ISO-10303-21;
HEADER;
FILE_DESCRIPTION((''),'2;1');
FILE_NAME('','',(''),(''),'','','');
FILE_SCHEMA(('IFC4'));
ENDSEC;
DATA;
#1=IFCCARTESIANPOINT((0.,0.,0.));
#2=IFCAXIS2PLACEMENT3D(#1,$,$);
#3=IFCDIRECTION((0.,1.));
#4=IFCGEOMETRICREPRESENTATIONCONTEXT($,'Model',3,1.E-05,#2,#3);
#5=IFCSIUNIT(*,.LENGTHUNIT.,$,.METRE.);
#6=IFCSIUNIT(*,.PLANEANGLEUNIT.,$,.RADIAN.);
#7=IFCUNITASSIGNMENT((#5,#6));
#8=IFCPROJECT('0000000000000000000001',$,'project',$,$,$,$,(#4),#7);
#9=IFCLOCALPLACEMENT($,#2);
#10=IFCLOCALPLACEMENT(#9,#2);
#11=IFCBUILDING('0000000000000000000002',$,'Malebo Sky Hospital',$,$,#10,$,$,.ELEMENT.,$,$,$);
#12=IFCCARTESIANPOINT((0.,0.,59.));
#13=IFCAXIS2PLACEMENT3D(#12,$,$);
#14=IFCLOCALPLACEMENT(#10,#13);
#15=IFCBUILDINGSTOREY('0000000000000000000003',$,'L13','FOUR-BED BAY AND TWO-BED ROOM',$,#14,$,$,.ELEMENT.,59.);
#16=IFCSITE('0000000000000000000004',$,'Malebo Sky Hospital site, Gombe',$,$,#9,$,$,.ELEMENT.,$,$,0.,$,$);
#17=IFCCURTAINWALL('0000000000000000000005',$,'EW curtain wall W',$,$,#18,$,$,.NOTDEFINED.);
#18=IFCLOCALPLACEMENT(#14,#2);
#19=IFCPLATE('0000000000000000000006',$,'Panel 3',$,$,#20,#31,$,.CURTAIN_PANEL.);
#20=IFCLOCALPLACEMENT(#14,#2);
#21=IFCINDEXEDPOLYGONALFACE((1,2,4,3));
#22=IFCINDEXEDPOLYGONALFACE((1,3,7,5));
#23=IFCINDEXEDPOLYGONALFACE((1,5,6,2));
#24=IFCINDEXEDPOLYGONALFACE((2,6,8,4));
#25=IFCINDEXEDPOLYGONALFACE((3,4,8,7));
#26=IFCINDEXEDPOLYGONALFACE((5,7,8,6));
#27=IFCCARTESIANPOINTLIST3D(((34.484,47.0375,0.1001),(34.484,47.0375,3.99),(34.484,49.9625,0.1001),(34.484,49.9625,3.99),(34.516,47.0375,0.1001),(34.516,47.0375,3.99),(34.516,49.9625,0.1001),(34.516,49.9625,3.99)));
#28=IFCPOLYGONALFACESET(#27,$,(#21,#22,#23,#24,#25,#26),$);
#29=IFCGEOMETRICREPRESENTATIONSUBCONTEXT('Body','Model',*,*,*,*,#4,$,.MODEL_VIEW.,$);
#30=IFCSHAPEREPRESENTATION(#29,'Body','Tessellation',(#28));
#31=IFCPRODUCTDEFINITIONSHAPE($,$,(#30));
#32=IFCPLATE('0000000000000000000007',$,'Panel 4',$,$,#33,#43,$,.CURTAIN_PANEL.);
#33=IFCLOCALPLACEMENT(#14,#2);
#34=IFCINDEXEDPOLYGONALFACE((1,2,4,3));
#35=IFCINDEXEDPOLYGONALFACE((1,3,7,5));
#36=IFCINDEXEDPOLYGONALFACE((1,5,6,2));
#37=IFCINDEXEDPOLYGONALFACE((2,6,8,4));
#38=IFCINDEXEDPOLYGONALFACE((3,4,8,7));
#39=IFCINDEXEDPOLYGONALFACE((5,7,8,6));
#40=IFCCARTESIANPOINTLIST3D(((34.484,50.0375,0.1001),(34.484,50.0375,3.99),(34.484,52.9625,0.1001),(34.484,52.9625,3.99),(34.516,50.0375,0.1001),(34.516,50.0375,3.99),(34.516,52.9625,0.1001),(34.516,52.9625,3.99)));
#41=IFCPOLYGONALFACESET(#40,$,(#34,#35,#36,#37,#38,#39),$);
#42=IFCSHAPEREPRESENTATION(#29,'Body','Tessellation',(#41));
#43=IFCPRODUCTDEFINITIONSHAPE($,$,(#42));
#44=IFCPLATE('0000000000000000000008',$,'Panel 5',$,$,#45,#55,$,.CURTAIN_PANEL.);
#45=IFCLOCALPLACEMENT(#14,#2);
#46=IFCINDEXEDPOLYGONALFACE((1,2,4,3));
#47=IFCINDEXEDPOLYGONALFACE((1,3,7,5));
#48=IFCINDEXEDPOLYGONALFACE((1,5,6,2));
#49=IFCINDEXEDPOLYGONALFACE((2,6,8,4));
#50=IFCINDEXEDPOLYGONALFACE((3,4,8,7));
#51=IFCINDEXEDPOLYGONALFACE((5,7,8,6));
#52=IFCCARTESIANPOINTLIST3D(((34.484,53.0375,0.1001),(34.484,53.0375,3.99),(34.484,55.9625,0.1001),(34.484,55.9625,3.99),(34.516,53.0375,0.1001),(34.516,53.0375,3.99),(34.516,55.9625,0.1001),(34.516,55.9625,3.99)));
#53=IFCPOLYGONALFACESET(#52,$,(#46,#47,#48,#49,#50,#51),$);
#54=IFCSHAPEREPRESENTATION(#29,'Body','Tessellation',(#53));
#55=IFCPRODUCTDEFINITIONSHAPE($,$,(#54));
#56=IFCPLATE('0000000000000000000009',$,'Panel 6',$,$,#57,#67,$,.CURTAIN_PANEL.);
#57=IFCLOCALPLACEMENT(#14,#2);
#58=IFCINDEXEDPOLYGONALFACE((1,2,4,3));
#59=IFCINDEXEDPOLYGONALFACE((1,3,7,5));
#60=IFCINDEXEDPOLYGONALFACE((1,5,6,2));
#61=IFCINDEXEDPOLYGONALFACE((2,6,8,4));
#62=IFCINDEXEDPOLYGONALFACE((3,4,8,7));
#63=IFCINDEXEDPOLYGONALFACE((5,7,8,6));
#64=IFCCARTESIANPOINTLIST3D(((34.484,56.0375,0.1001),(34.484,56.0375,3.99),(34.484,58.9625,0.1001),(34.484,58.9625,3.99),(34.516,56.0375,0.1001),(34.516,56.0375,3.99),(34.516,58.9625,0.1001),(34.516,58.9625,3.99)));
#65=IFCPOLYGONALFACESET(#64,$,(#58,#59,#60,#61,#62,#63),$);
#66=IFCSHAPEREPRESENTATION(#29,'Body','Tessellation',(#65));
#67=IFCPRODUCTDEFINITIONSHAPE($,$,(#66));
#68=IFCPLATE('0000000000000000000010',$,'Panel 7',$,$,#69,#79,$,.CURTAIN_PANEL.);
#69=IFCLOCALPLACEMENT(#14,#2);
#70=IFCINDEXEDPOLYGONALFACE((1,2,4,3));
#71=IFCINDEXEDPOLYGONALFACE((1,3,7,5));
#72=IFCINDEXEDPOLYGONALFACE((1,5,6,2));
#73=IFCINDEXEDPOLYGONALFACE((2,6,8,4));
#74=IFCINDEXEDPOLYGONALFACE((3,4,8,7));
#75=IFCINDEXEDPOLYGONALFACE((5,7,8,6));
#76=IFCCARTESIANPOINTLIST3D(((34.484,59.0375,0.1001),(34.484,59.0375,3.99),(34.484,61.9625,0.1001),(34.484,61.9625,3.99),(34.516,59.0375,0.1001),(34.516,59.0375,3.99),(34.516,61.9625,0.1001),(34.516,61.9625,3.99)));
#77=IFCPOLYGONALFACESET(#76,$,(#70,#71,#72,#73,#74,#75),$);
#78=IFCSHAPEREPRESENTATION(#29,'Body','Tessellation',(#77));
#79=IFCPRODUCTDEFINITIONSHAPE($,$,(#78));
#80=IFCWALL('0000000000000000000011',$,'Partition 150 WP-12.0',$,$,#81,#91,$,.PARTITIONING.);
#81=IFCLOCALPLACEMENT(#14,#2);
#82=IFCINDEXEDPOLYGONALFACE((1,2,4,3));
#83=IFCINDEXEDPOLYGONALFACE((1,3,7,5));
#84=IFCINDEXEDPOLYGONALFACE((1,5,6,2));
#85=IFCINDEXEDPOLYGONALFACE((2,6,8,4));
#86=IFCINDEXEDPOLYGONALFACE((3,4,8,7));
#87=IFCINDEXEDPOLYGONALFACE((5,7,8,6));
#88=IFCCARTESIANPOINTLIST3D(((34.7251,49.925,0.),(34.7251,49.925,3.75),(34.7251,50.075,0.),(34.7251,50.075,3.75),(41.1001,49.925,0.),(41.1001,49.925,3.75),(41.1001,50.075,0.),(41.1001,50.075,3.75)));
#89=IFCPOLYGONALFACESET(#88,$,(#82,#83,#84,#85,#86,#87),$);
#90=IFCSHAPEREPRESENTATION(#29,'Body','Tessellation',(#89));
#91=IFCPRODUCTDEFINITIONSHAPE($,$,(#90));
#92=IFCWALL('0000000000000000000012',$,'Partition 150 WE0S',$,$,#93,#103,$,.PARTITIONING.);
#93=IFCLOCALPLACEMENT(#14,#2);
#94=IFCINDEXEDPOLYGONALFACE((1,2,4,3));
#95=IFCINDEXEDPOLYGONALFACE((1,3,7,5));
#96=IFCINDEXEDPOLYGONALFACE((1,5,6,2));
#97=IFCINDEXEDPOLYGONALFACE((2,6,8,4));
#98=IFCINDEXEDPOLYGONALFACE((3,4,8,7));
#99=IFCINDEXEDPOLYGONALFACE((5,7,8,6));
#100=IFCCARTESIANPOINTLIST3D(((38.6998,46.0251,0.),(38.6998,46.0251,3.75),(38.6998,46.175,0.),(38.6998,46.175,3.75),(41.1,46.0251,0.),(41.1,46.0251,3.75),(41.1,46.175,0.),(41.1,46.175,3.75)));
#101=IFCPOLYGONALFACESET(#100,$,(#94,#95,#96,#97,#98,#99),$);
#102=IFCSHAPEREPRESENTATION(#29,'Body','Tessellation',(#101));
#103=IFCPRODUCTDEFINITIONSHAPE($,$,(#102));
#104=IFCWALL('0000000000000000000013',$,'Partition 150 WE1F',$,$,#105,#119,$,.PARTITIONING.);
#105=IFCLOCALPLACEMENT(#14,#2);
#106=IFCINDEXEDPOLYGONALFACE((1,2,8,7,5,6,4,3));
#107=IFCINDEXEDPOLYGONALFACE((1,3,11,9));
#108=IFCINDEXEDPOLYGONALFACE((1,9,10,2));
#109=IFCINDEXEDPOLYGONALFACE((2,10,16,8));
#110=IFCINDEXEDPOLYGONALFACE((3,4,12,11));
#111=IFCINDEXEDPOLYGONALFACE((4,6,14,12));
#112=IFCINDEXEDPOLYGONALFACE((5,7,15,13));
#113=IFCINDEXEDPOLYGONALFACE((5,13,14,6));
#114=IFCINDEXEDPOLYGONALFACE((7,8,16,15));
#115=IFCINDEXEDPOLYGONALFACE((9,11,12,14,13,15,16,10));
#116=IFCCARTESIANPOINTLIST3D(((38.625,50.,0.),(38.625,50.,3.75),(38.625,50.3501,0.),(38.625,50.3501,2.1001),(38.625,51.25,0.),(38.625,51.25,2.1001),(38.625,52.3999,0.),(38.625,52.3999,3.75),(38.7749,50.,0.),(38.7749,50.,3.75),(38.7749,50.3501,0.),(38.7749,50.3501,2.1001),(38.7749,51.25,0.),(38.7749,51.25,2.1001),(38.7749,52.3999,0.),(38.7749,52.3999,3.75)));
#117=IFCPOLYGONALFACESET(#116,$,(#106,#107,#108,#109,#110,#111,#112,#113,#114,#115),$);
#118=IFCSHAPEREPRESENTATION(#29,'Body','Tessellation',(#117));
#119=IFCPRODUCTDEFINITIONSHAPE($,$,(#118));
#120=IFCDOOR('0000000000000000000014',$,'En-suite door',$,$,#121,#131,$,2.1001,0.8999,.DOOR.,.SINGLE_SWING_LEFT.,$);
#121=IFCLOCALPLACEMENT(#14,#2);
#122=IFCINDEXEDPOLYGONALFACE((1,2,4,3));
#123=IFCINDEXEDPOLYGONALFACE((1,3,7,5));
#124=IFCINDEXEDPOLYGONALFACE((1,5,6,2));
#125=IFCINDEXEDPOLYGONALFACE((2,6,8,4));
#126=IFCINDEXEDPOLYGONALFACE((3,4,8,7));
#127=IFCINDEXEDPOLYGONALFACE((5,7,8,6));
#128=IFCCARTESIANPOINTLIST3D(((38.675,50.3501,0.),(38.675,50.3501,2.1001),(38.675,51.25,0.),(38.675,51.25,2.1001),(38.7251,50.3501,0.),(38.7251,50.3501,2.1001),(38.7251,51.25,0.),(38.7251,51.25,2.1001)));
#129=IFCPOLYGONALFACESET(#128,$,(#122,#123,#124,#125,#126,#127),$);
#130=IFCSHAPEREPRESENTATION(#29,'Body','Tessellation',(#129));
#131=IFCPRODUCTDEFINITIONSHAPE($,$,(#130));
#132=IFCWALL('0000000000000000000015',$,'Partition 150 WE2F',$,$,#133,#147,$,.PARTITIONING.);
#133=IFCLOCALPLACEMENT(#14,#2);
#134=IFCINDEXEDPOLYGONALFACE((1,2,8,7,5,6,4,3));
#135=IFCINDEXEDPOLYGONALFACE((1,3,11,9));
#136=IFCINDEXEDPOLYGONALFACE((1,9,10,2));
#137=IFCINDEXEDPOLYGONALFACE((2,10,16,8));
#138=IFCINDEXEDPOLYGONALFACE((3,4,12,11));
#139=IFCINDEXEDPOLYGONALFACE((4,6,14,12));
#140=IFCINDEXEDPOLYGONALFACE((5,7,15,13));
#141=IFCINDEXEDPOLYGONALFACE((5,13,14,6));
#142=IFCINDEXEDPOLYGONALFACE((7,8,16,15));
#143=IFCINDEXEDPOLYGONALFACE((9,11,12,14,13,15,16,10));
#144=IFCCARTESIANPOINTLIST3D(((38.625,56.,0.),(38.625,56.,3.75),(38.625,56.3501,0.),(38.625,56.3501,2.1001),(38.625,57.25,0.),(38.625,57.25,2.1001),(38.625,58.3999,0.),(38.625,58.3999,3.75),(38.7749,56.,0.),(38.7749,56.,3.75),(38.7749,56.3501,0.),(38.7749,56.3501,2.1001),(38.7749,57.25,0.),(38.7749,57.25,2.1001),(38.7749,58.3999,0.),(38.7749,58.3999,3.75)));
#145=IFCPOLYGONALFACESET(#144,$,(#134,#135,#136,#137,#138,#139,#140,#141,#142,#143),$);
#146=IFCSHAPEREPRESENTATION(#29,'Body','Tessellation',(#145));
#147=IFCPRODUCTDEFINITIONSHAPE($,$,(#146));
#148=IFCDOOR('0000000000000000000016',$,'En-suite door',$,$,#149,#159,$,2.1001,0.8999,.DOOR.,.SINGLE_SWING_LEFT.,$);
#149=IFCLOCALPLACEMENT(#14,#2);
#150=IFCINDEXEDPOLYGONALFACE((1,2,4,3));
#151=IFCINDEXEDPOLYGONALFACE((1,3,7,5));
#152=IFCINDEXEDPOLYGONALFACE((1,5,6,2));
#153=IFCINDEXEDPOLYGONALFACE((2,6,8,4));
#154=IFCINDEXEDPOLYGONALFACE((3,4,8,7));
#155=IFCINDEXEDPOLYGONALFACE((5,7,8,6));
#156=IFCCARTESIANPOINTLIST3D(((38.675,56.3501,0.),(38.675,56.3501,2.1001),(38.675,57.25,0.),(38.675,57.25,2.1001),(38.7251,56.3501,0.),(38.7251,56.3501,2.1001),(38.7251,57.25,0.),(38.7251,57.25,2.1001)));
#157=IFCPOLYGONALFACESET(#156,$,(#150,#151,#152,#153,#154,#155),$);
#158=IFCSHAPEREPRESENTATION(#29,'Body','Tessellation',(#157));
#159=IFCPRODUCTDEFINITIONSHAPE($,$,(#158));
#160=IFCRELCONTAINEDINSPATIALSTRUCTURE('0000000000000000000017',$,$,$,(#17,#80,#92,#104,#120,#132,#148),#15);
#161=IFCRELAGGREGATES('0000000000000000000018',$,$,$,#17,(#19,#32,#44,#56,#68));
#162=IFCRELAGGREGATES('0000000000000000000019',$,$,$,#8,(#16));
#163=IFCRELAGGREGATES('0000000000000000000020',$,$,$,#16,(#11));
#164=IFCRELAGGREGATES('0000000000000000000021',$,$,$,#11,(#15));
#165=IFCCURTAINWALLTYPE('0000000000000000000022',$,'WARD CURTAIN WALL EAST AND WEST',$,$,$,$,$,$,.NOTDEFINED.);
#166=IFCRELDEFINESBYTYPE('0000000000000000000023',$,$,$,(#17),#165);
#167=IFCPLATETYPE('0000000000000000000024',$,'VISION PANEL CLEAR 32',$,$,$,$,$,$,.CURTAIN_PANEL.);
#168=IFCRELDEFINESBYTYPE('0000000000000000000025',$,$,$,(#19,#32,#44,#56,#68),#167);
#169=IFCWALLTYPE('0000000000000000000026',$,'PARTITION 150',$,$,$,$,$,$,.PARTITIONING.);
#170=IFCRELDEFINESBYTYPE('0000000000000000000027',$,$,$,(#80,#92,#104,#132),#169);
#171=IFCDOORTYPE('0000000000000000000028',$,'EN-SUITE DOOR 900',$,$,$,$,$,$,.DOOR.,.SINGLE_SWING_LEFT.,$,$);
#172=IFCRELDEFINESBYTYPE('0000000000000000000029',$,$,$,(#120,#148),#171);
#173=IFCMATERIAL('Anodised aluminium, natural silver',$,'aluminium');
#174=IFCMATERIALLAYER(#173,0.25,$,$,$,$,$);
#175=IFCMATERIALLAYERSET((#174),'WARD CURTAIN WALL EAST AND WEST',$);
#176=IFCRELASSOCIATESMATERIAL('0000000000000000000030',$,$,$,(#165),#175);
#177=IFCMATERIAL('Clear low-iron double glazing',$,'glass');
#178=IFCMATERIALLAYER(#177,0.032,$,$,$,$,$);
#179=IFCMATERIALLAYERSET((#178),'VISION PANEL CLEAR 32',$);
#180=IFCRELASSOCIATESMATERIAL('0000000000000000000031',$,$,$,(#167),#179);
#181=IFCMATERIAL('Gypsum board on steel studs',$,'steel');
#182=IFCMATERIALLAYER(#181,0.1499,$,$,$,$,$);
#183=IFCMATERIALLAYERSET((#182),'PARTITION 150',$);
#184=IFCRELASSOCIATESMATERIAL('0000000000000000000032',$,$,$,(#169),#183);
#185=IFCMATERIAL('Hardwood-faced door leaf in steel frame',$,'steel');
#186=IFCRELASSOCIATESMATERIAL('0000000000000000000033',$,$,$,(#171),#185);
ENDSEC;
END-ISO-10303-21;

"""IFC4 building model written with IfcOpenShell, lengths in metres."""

from ifc_helpers import new_model, si_unit, direction, frame, frame_2d, origin, origin_2d, place, context, subcontext, project, spatial, rectangle, extrude, material, layer, layer_set, type_object, element, fill, aggregate, save


model = new_model("IFC4")

# Units and contexts
model_context = context("Model", 3, precision=1e-05, world=origin(), true_north=direction((0.0, 1.0)))
body_context = subcontext(model_context, "Body", "Model", "MODEL_VIEW")
ifc_project = project(units=[si_unit("LENGTHUNIT", "METRE"), si_unit("PLANEANGLEUNIT", "RADIAN")], contexts=[model_context])

# Site, building, storey
site_placement = place(None, origin())
site = spatial("IfcSite", under=ifc_project, at=site_placement, Name="Malebo Sky Hospital site, Gombe", CompositionType="ELEMENT", RefElevation=0.0)
building_placement = place(site_placement, origin())
building = spatial("IfcBuilding", under=site, at=building_placement, Name="Malebo Sky Hospital", CompositionType="ELEMENT")
storey_placement = place(building_placement, frame((0.0, 0.0, 59.0)))
storey = spatial("IfcBuildingStorey", under=building, at=storey_placement, Name="L13", Description="FOUR-BED BAY AND TWO-BED ROOM", CompositionType="ELEMENT", Elevation=59.0)

# Curtain wall
ifc_material_1 = material(Name="Anodised aluminium, natural silver", Category="aluminium")
ifc_layer_1 = layer(ifc_material_1, 0.25)
ifc_layer_set_1 = layer_set([ifc_layer_1], Name="WARD CURTAIN WALL EAST AND WEST")
curtain_wall_type = type_object("IfcCurtainWallType", Name="WARD CURTAIN WALL EAST AND WEST", PredefinedType="NOTDEFINED", material=ifc_layer_set_1)
curtain_wall_placement = place(storey_placement, origin())
curtain_wall = element("IfcCurtainWall", 1, at=curtain_wall_placement, inside=storey, type_object=curtain_wall_type, Name="EW curtain wall W", PredefinedType="NOTDEFINED")

# Plates
ifc_material_2 = material(Name="Clear low-iron double glazing", Category="glass")
ifc_layer_2 = layer(ifc_material_2, 0.032)
ifc_layer_set_2 = layer_set([ifc_layer_2], Name="VISION PANEL CLEAR 32")
plate_type = type_object("IfcPlateType", Name="VISION PANEL CLEAR 32", PredefinedType="CURTAIN_PANEL", material=ifc_layer_set_2)
plate_1_placement = place(storey_placement, frame((34.5, 48.5, 0.1001), z_axis=(0.0, 0.0, 1.0), x_axis=(0.0, 1.0, 0.0)))
plate_1 = element("IfcPlate", 2, at=plate_1_placement, type_object=plate_type, Name="Panel 3", PredefinedType="CURTAIN_PANEL", context=body_context, shape_type="SweptSolid", body=[
    extrude(rectangle(XDim=2.925, YDim=0.032, at=origin_2d()), origin(), (0.0, 0.0, 1.0), 3.8899),
])
plate_2_placement = place(storey_placement, frame((34.5, 51.5, 0.1001), z_axis=(0.0, 0.0, 1.0), x_axis=(0.0, 1.0, 0.0)))
plate_2 = element("IfcPlate", 3, at=plate_2_placement, type_object=plate_type, Name="Panel 4", PredefinedType="CURTAIN_PANEL", context=body_context, shape_type="SweptSolid", body=[
    extrude(rectangle(XDim=2.925, YDim=0.032, at=origin_2d()), origin(), (0.0, 0.0, 1.0), 3.8899),
])
plate_3_placement = place(storey_placement, frame((34.5, 54.5, 0.1001), z_axis=(0.0, 0.0, 1.0), x_axis=(0.0, 1.0, 0.0)))
plate_3 = element("IfcPlate", 4, at=plate_3_placement, type_object=plate_type, Name="Panel 5", PredefinedType="CURTAIN_PANEL", context=body_context, shape_type="SweptSolid", body=[
    extrude(rectangle(XDim=2.925, YDim=0.032, at=origin_2d()), origin(), (0.0, 0.0, 1.0), 3.8899),
])
plate_4_placement = place(storey_placement, frame((34.5, 57.5, 0.1001), z_axis=(0.0, 0.0, 1.0), x_axis=(0.0, 1.0, 0.0)))
plate_4 = element("IfcPlate", 5, at=plate_4_placement, type_object=plate_type, Name="Panel 6", PredefinedType="CURTAIN_PANEL", context=body_context, shape_type="SweptSolid", body=[
    extrude(rectangle(XDim=2.925, YDim=0.032, at=origin_2d()), origin(), (0.0, 0.0, 1.0), 3.8899),
])
plate_5_placement = place(storey_placement, frame((34.5, 60.5, 0.1001), z_axis=(0.0, 0.0, 1.0), x_axis=(0.0, 1.0, 0.0)))
plate_5 = element("IfcPlate", 6, at=plate_5_placement, type_object=plate_type, Name="Panel 7", PredefinedType="CURTAIN_PANEL", context=body_context, shape_type="SweptSolid", body=[
    extrude(rectangle(XDim=2.925, YDim=0.032, at=origin_2d()), origin(), (0.0, 0.0, 1.0), 3.8899),
])
aggregate(curtain_wall, [plate_1, plate_2, plate_3, plate_4, plate_5])

# Walls
ifc_material_3 = material(Name="Gypsum board on steel studs", Category="steel")
ifc_layer_3 = layer(ifc_material_3, 0.1499)
ifc_layer_set_3 = layer_set([ifc_layer_3], Name="PARTITION 150")
wall_type = type_object("IfcWallType", Name="PARTITION 150", PredefinedType="PARTITIONING", material=ifc_layer_set_3)
wall_1_placement = place(storey_placement, frame((41.1001, 50.0, 0.0), z_axis=(0.0, 0.0, 1.0), x_axis=(-1.0, 0.0, 0.0)))
element("IfcWall", 7, at=wall_1_placement, inside=storey, type_object=wall_type, Name="Partition 150 WP-12.0", PredefinedType="PARTITIONING", context=body_context, shape_type="SweptSolid", body=[
    extrude(rectangle(XDim=6.375, YDim=0.1499, at=frame_2d((3.1875, 0.0))), origin(), (0.0, 0.0, 1.0), 3.75),
])
wall_2_placement = place(storey_placement, frame((41.1001, 46.1001, 0.0), z_axis=(0.0, 0.0, 1.0), x_axis=(-1.0, 0.0, 0.0)))
element("IfcWall", 8, at=wall_2_placement, inside=storey, type_object=wall_type, Name="Partition 150 WE0S", PredefinedType="PARTITIONING", context=body_context, shape_type="SweptSolid", body=[
    extrude(rectangle(XDim=2.4001, YDim=0.1499, at=frame_2d((1.2002, 0.0))), origin(), (0.0, 0.0, 1.0), 3.75),
])

# Walls, openings, doors
wall_3_placement = place(storey_placement, frame((38.7, 50.0, 0.0), z_axis=(0.0, 0.0, 1.0), x_axis=(0.0, 1.0, 0.0)))
wall_3 = element("IfcWall", 9, at=wall_3_placement, inside=storey, type_object=wall_type, Name="Partition 150 WE1F", PredefinedType="PARTITIONING", context=body_context, shape_type="SweptSolid", body=[
    extrude(rectangle(XDim=2.3999, YDim=0.1499, at=frame_2d((1.2, 0.0))), origin(), (0.0, 0.0, 1.0), 3.75),
])
opening_1_placement = place(wall_3_placement, frame((0.3501, 0.0, 0.0)))
opening_1 = element("IfcOpeningElement", 10, at=opening_1_placement, cuts=wall_3, PredefinedType="OPENING", context=body_context, shape_type="SweptSolid", body=[
    extrude(rectangle(XDim=0.8999, YDim=2.1001, at=frame_2d((0.45, 1.05))), frame((0.0, 0.085, 0.0), z_axis=(0.0, -1.0, 0.0), x_axis=(1.0, 0.0, 0.0)), (0.0, 0.0, 1.0), 0.1699),
])
ifc_material_4 = material(Name="Hardwood-faced door leaf in steel frame", Category="steel")
door_type = type_object("IfcDoorType", Name="EN-SUITE DOOR 900", OperationType="SINGLE_SWING_LEFT", PredefinedType="DOOR", material=ifc_material_4)
door_1_placement = place(opening_1_placement, origin())
door_1 = element("IfcDoor", 11, at=door_1_placement, inside=storey, type_object=door_type, Name="En-suite door", OperationType="SINGLE_SWING_LEFT", OverallHeight=2.1001, OverallWidth=0.8999, PredefinedType="DOOR", context=body_context, shape_type="SweptSolid", body=[
    extrude(rectangle(XDim=0.8999, YDim=2.1001, at=frame_2d((0.45, 1.05))), frame((0.0, 0.0249, 0.0), z_axis=(0.0, -1.0, 0.0), x_axis=(1.0, 0.0, 0.0)), (0.0, 0.0, 1.0), 0.05),
])
fill(opening_1, door_1)
wall_4_placement = place(storey_placement, frame((38.7, 56.0, 0.0), z_axis=(0.0, 0.0, 1.0), x_axis=(0.0, 1.0, 0.0)))
wall_4 = element("IfcWall", 12, at=wall_4_placement, inside=storey, type_object=wall_type, Name="Partition 150 WE2F", PredefinedType="PARTITIONING", context=body_context, shape_type="SweptSolid", body=[
    extrude(rectangle(XDim=2.3999, YDim=0.1499, at=frame_2d((1.2, 0.0))), origin(), (0.0, 0.0, 1.0), 3.75),
])
opening_2_placement = place(wall_4_placement, frame((0.3501, 0.0, 0.0)))
opening_2 = element("IfcOpeningElement", 13, at=opening_2_placement, cuts=wall_4, PredefinedType="OPENING", context=body_context, shape_type="SweptSolid", body=[
    extrude(rectangle(XDim=0.8999, YDim=2.1001, at=frame_2d((0.45, 1.05))), frame((0.0, 0.085, 0.0), z_axis=(0.0, -1.0, 0.0), x_axis=(1.0, 0.0, 0.0)), (0.0, 0.0, 1.0), 0.1699),
])
door_2_placement = place(opening_2_placement, origin())
door_2 = element("IfcDoor", 14, at=door_2_placement, inside=storey, type_object=door_type, Name="En-suite door", OperationType="SINGLE_SWING_LEFT", OverallHeight=2.1001, OverallWidth=0.8999, PredefinedType="DOOR", context=body_context, shape_type="SweptSolid", body=[
    extrude(rectangle(XDim=0.8999, YDim=2.1001, at=frame_2d((0.45, 1.05))), frame((0.0, 0.0249, 0.0), z_axis=(0.0, -1.0, 0.0), x_axis=(1.0, 0.0, 0.0)), (0.0, 0.0, 1.0), 0.05),
])
fill(opening_2, door_2)

save(model, "model.ifc")
